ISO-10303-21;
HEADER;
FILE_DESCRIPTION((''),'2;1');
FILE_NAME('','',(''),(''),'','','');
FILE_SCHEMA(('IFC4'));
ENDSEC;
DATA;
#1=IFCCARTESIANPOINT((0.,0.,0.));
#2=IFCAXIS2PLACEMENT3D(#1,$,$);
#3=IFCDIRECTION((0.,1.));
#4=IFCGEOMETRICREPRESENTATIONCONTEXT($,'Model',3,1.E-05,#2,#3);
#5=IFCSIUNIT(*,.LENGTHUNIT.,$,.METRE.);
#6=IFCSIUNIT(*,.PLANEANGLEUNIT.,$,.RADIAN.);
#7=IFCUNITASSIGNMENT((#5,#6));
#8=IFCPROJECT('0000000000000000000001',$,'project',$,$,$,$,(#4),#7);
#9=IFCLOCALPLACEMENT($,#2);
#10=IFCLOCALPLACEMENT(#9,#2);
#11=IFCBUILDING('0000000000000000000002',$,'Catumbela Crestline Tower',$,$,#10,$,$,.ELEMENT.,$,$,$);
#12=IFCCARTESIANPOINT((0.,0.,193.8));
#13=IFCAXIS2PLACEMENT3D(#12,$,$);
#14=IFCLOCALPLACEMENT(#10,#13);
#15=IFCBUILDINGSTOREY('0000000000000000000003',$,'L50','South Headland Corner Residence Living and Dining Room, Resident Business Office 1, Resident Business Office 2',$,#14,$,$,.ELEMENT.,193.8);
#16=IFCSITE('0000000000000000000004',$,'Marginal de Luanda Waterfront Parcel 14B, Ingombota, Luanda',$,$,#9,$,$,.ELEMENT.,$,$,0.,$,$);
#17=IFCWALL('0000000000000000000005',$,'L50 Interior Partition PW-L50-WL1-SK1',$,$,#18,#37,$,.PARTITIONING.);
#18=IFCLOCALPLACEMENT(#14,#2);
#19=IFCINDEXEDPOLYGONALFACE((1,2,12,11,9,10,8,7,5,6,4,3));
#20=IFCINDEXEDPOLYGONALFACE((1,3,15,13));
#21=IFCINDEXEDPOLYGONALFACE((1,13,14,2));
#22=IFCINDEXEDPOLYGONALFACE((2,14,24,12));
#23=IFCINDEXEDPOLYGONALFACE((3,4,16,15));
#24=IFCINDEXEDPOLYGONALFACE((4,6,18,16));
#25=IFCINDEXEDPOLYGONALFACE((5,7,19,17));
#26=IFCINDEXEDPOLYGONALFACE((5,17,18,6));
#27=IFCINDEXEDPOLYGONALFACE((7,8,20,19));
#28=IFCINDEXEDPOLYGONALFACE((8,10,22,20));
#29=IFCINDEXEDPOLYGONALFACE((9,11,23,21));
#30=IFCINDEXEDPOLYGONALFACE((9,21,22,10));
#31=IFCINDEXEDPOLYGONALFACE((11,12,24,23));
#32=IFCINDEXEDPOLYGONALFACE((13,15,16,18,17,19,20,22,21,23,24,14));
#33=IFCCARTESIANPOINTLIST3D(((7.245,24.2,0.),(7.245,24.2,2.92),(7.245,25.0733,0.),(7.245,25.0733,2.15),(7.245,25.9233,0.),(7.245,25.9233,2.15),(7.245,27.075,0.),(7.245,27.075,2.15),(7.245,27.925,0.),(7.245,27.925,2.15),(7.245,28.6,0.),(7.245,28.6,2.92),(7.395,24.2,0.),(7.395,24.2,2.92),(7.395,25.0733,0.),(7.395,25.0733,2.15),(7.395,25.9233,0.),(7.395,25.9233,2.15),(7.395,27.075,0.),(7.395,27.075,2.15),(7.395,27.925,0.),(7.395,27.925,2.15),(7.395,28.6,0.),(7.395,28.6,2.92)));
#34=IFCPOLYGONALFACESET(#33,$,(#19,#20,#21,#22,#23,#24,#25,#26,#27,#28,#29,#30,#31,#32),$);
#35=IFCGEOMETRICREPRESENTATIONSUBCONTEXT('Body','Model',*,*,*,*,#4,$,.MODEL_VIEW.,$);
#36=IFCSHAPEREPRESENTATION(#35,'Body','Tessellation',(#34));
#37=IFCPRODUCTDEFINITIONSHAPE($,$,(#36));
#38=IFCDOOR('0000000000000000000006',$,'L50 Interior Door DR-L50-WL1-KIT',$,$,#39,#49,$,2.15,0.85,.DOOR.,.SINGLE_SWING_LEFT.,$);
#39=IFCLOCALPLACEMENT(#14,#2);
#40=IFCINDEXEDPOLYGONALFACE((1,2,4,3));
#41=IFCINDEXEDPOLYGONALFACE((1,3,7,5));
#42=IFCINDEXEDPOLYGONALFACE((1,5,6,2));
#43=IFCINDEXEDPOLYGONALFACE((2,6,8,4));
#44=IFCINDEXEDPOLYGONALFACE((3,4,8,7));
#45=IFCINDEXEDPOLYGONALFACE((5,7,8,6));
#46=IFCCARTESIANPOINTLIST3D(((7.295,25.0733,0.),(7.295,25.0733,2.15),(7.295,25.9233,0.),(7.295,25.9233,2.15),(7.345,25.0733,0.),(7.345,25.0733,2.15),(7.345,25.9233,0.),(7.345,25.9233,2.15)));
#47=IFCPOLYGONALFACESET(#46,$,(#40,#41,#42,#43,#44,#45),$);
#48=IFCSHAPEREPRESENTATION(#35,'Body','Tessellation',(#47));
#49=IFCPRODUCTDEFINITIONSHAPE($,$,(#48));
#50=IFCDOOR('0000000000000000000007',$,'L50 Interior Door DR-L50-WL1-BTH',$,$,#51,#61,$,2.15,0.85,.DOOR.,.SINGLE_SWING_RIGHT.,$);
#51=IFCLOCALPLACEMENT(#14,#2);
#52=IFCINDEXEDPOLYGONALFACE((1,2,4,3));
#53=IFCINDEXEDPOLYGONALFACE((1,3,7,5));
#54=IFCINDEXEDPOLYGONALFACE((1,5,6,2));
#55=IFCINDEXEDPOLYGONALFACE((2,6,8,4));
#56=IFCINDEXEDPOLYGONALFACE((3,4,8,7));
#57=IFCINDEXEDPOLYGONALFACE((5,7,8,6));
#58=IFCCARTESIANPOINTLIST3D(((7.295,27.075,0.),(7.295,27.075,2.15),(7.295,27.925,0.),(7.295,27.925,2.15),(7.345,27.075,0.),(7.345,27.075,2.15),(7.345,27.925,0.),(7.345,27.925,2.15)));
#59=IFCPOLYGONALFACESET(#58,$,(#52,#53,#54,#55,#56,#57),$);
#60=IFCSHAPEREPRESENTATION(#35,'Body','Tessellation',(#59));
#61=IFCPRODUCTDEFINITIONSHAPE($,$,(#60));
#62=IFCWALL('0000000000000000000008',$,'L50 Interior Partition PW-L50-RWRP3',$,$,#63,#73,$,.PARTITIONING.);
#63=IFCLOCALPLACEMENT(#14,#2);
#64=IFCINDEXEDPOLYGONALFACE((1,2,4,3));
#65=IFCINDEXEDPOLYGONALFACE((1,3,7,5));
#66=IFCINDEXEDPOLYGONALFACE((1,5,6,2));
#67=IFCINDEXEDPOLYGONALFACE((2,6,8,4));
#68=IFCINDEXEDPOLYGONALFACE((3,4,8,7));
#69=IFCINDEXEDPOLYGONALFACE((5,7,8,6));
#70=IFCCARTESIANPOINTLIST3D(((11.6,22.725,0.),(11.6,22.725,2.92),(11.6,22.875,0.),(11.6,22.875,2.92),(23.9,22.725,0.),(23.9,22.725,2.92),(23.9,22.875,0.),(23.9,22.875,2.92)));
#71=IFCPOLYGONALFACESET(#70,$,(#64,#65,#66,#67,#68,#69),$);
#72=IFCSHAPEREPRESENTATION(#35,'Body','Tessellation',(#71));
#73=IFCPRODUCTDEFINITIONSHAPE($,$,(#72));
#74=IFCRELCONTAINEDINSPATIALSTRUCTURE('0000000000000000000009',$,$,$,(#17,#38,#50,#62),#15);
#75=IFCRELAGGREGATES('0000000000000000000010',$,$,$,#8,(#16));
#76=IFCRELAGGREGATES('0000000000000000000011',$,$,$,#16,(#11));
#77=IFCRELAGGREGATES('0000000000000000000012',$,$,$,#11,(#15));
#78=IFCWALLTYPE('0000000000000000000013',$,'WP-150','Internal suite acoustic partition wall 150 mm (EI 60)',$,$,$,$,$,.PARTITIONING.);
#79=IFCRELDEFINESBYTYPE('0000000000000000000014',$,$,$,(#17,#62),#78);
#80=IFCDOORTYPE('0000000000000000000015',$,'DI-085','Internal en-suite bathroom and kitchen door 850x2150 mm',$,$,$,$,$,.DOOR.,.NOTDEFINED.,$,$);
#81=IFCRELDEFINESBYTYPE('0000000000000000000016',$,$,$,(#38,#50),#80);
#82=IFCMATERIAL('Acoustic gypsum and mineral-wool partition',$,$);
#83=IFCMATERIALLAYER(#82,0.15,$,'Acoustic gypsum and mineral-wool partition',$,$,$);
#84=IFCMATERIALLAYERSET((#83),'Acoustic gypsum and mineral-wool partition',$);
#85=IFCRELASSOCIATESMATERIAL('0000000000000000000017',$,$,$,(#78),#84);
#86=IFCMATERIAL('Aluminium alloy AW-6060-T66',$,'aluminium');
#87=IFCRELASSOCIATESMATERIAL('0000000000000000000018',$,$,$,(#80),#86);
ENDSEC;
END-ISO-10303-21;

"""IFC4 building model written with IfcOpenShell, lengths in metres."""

from ifc_helpers import new_model, si_unit, direction, frame, frame_2d, origin, place, context, subcontext, project, spatial, rectangle, extrude, material, layer, layer_set, type_object, element, fill, save


model = new_model("IFC4")

# Units and contexts
model_context = context("Model", 3, precision=1e-05, world=origin(), true_north=direction((0.0, 1.0)))
body_context = subcontext(model_context, "Body", "Model", "MODEL_VIEW")
ifc_project = project(units=[si_unit("LENGTHUNIT", "METRE"), si_unit("PLANEANGLEUNIT", "RADIAN")], contexts=[model_context])

# Site, building, storey
site_placement = place(None, origin())
site = spatial("IfcSite", under=ifc_project, at=site_placement, Name="Marginal de Luanda Waterfront Parcel 14B, Ingombota, Luanda", CompositionType="ELEMENT", RefElevation=0.0)
building_placement = place(site_placement, origin())
building = spatial("IfcBuilding", under=site, at=building_placement, Name="Catumbela Crestline Tower", CompositionType="ELEMENT")
storey_placement = place(building_placement, frame((0.0, 0.0, 193.8)))
storey = spatial("IfcBuildingStorey", under=building, at=storey_placement, Name="L50", Description="South Headland Corner Residence Living and Dining Room, Resident Business Office 1, Resident Business Office 2", CompositionType="ELEMENT", Elevation=193.8)

# Shared definitions
ifc_material_1 = material(Name="Acoustic gypsum and mineral-wool partition")
ifc_material_2 = material(Name="Aluminium alloy AW-6060-T66", Category="aluminium")

# Shared definitions
ifc_layer_1 = layer(ifc_material_1, 0.15, Name="Acoustic gypsum and mineral-wool partition")
ifc_layer_set_1 = layer_set([ifc_layer_1], Name="Acoustic gypsum and mineral-wool partition")
wall_type_1 = type_object("IfcWallType", Name="WP-150", Description="Internal suite acoustic partition wall 150 mm (EI 60)", PredefinedType="PARTITIONING", material=ifc_layer_set_1)

# Shared definitions
door_type_1 = type_object("IfcDoorType", Name="DI-085", Description="Internal en-suite bathroom and kitchen door 850x2150 mm", OperationType="NOTDEFINED", PredefinedType="DOOR", material=ifc_material_2)

# Wall, openings, doors
wall_1_placement = place(storey_placement, frame((7.32, 24.2, 0.0), z_axis=(0.0, 0.0, 1.0), x_axis=(0.0, 1.0, 0.0)))
wall_1 = element("IfcWall", 1, at=wall_1_placement, inside=storey, type_object=wall_type_1, Name="L50 Interior Partition PW-L50-WL1-SK1", PredefinedType="PARTITIONING", context=body_context, shape_type="SweptSolid", body=[
    extrude(rectangle(XDim=4.4, YDim=0.15, at=frame_2d((2.2, 0.0))), origin(), (0.0, 0.0, 1.0), 2.92),
])
opening_1_placement = place(wall_1_placement, frame((0.8733, 0.0, 0.0)))
opening_1 = element("IfcOpeningElement", 2, at=opening_1_placement, cuts=wall_1, PredefinedType="OPENING", context=body_context, shape_type="SweptSolid", body=[
    extrude(rectangle(XDim=0.85, YDim=2.15, at=frame_2d((0.425, 1.075))), frame((0.0, 0.085, 0.0), z_axis=(0.0, -1.0, 0.0), x_axis=(1.0, 0.0, 0.0)), (0.0, 0.0, 1.0), 0.17),
])
opening_2_placement = place(wall_1_placement, frame((2.875, 0.0, 0.0)))
opening_2 = element("IfcOpeningElement", 3, at=opening_2_placement, cuts=wall_1, PredefinedType="OPENING", context=body_context, shape_type="SweptSolid", body=[
    extrude(rectangle(XDim=0.85, YDim=2.15, at=frame_2d((0.425, 1.075))), frame((0.0, 0.085, 0.0), z_axis=(0.0, -1.0, 0.0), x_axis=(1.0, 0.0, 0.0)), (0.0, 0.0, 1.0), 0.17),
])
door_1_placement = place(opening_1_placement, origin())
door_1 = element("IfcDoor", 4, at=door_1_placement, inside=storey, type_object=door_type_1, Name="L50 Interior Door DR-L50-WL1-KIT", OperationType="SINGLE_SWING_LEFT", OverallHeight=2.15, OverallWidth=0.85, PredefinedType="DOOR", context=body_context, shape_type="SweptSolid", body=[
    extrude(rectangle(XDim=0.85, YDim=2.15, at=frame_2d((0.425, 1.075))), frame((0.0, 0.025, 0.0), z_axis=(0.0, -1.0, 0.0), x_axis=(1.0, 0.0, 0.0)), (0.0, 0.0, 1.0), 0.05),
])
fill(opening_1, door_1)
door_2_placement = place(opening_2_placement, origin())
door_2 = element("IfcDoor", 5, at=door_2_placement, inside=storey, type_object=door_type_1, Name="L50 Interior Door DR-L50-WL1-BTH", OperationType="SINGLE_SWING_RIGHT", OverallHeight=2.15, OverallWidth=0.85, PredefinedType="DOOR", context=body_context, shape_type="SweptSolid", body=[
    extrude(rectangle(XDim=0.85, YDim=2.15, at=frame_2d((0.425, 1.075))), frame((0.0, 0.025, 0.0), z_axis=(0.0, -1.0, 0.0), x_axis=(1.0, 0.0, 0.0)), (0.0, 0.0, 1.0), 0.05),
])
fill(opening_2, door_2)

# Wall
wall_2_placement = place(storey_placement, frame((11.6, 22.8, 0.0), z_axis=(0.0, 0.0, 1.0), x_axis=(1.0, 0.0, 0.0)))
element("IfcWall", 6, at=wall_2_placement, inside=storey, type_object=wall_type_1, Name="L50 Interior Partition PW-L50-RWRP3", PredefinedType="PARTITIONING", context=body_context, shape_type="SweptSolid", body=[
    extrude(rectangle(XDim=12.3, YDim=0.15, at=frame_2d((6.15, 0.0))), origin(), (0.0, 0.0, 1.0), 2.92),
])

save(model, "model.ifc")
